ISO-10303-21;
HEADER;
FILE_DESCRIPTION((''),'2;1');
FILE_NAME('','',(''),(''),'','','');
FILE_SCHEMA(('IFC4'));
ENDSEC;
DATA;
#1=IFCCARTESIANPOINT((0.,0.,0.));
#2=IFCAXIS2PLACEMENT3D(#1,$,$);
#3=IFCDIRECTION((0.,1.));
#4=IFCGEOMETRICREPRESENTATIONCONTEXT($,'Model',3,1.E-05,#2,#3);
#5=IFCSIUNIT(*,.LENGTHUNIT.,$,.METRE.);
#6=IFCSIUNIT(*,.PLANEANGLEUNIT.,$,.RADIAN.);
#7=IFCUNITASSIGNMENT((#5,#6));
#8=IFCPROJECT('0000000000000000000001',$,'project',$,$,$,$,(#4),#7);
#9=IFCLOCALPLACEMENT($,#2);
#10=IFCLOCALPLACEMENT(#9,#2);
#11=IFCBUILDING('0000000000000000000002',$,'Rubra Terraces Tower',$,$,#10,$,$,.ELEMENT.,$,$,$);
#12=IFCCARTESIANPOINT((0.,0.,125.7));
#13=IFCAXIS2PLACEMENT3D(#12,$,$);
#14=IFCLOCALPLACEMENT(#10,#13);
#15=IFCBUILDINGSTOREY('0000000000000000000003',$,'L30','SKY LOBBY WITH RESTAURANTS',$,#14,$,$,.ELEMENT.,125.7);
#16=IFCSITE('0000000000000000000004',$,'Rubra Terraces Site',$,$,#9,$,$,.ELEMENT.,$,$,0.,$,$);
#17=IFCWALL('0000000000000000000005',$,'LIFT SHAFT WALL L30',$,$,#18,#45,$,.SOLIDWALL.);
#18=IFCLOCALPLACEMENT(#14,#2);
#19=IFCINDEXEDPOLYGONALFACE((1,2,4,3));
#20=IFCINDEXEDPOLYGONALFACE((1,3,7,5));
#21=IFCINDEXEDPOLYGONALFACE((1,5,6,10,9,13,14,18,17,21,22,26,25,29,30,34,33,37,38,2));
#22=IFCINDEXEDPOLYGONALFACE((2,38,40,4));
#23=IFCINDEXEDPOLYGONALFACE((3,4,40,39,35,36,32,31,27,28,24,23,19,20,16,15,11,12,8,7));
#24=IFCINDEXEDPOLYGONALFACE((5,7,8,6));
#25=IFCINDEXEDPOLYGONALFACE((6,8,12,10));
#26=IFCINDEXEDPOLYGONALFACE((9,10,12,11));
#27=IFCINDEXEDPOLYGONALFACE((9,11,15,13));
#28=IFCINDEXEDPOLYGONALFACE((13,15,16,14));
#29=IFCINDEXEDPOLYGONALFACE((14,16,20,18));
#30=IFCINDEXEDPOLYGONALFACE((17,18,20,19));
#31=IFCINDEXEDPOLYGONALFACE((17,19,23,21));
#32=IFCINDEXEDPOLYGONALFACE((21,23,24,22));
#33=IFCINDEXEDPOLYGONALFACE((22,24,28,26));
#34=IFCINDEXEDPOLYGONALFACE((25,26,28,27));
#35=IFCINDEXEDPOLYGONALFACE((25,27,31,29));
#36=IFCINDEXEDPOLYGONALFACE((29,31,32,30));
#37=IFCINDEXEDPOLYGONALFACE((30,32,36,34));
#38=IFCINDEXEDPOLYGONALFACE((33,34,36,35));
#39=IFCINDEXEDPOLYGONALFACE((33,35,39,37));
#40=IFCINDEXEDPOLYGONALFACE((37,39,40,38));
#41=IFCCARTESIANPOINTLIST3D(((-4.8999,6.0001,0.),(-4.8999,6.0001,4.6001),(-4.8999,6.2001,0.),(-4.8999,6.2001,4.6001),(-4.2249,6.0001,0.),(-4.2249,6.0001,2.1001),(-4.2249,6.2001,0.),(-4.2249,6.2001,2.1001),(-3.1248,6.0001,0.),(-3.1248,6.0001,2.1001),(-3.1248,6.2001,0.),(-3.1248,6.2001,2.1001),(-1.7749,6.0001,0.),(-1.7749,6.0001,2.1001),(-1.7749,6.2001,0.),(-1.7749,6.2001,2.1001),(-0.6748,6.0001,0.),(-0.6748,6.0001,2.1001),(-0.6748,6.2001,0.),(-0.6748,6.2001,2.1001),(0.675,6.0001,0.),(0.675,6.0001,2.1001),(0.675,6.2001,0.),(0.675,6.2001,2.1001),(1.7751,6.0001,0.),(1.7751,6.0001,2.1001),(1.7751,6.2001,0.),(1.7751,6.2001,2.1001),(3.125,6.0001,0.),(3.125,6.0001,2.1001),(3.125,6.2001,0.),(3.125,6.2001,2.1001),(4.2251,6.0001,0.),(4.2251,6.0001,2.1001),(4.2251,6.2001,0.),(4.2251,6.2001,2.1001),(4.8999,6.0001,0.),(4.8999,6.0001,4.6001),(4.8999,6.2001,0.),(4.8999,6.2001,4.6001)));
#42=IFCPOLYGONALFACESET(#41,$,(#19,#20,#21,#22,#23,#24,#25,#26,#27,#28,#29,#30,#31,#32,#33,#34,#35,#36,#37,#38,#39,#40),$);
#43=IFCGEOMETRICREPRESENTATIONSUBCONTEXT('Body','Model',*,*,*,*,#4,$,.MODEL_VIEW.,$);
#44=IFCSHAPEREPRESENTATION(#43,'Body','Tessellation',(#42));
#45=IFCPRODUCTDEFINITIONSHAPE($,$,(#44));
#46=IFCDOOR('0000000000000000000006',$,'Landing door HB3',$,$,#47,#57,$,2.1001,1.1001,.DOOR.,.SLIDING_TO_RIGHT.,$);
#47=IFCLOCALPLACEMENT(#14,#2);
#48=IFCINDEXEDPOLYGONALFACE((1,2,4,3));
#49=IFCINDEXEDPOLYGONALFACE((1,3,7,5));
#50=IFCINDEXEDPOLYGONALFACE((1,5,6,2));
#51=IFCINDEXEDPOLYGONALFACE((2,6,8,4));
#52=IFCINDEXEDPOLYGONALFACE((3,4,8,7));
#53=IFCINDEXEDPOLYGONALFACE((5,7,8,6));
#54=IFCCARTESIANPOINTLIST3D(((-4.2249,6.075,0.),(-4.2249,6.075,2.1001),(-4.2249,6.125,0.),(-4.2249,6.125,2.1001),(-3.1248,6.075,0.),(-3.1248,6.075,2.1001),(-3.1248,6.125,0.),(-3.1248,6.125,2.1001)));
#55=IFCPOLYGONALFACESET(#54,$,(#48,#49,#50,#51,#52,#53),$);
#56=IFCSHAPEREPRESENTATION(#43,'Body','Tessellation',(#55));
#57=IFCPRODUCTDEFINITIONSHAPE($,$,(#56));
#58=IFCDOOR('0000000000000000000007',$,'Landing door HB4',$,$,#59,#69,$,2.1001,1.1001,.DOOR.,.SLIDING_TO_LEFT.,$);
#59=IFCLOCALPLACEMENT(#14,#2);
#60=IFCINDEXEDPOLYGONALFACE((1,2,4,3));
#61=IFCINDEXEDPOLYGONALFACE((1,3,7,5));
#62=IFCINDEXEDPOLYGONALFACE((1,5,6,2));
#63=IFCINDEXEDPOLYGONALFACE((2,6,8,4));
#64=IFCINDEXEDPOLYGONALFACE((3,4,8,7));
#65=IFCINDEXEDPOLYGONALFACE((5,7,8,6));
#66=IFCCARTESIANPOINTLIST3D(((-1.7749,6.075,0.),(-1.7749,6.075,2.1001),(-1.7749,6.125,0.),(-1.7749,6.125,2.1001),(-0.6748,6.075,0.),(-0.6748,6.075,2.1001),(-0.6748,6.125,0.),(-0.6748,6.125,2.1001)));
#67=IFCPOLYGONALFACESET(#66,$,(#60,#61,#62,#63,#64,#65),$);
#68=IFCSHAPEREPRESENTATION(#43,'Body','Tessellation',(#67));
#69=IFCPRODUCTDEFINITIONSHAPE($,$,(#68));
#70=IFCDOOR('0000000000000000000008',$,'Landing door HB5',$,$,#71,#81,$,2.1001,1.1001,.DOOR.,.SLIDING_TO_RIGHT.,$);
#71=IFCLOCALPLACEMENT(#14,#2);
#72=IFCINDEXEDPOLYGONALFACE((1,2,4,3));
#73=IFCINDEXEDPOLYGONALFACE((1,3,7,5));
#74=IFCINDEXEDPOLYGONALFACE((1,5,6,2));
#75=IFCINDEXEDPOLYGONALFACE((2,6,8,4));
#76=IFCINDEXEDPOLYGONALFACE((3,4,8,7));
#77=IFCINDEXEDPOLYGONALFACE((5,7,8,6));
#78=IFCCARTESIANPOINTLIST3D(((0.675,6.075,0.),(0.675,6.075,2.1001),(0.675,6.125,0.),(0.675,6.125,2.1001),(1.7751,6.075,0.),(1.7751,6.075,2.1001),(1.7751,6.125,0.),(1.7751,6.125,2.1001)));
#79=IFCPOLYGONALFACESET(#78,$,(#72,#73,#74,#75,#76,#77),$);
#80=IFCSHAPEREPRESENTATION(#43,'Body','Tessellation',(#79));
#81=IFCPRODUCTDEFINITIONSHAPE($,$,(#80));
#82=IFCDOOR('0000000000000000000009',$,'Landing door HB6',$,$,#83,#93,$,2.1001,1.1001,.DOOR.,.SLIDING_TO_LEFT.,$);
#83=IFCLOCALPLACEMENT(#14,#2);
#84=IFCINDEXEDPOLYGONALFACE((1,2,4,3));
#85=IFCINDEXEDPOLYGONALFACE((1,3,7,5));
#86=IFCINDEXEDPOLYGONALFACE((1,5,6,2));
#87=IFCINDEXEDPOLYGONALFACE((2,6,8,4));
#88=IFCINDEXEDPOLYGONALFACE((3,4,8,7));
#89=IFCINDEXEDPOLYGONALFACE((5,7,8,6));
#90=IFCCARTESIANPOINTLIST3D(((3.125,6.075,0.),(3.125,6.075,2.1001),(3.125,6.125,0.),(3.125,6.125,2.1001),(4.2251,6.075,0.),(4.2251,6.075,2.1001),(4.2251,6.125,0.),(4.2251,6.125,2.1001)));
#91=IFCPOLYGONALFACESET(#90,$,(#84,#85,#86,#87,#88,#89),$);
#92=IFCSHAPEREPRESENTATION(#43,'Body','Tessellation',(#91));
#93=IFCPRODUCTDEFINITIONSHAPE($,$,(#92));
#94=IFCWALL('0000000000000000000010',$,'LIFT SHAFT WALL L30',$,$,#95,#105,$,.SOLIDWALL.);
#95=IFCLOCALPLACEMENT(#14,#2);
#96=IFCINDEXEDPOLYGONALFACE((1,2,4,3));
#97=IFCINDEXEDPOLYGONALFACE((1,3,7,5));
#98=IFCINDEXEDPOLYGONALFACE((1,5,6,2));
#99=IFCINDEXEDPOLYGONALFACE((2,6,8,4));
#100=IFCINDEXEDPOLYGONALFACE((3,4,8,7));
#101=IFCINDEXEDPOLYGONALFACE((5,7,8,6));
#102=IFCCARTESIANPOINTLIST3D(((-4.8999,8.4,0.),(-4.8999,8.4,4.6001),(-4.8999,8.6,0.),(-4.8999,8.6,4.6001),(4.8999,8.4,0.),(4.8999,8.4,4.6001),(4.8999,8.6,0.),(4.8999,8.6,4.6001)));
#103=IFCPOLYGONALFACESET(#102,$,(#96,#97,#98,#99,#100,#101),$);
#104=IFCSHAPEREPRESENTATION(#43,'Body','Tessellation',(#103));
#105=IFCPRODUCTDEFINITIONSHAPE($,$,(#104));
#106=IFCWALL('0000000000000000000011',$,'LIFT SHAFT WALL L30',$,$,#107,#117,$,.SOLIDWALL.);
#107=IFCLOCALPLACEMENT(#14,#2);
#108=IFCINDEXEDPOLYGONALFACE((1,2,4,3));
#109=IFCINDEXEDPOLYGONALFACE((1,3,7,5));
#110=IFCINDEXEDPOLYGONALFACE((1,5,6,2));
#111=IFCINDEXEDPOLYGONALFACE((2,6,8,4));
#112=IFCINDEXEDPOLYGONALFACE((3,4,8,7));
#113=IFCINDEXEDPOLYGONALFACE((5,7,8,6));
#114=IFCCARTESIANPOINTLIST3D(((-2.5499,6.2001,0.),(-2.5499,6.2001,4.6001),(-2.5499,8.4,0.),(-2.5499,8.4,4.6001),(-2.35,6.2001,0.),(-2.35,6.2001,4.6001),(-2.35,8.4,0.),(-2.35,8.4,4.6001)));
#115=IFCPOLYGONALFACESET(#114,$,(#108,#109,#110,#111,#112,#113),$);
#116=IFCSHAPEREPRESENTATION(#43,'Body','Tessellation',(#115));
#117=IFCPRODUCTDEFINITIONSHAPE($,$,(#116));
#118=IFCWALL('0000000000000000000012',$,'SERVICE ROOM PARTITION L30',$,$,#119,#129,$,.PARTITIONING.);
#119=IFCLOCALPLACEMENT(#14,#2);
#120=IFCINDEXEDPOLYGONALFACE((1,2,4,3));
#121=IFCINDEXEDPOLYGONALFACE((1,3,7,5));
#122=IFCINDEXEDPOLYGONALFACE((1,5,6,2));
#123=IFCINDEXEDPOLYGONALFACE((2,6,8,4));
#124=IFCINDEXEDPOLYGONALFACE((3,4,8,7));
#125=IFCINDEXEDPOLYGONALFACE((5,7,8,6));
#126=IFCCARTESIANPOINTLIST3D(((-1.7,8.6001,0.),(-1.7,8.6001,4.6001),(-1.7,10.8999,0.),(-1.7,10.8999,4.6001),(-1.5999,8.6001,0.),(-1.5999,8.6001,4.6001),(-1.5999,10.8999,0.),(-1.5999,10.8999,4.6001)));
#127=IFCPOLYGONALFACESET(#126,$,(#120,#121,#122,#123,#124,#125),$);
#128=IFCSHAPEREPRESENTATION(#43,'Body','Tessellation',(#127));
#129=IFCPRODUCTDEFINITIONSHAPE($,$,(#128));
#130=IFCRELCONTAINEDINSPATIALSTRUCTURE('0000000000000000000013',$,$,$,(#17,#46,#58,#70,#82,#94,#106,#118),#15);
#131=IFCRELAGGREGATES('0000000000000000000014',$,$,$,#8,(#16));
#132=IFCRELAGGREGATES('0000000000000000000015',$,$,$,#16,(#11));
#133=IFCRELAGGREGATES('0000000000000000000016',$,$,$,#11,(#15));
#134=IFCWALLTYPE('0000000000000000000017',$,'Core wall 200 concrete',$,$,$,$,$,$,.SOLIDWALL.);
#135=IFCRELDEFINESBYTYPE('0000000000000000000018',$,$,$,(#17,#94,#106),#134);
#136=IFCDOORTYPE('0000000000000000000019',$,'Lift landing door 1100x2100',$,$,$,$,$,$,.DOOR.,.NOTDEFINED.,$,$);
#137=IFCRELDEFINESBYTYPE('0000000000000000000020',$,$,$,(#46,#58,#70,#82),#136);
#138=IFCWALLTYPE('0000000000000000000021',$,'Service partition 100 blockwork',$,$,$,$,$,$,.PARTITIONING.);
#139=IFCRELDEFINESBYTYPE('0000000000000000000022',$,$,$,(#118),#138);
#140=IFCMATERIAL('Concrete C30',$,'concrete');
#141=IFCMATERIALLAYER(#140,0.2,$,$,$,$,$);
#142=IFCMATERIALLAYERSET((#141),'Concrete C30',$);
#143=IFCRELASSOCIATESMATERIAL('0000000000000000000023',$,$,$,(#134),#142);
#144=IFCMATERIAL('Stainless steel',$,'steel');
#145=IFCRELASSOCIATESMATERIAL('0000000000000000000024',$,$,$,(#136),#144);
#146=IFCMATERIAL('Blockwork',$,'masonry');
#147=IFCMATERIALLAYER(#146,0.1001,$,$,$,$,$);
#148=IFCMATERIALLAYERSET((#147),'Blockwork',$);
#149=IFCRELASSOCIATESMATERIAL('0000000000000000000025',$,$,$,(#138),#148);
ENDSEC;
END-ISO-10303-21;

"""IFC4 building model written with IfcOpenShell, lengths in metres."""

from ifc_helpers import new_model, si_unit, direction, frame, frame_2d, origin, place, context, subcontext, project, spatial, rectangle, extrude, material, layer, layer_set, type_object, element, fill, save


model = new_model("IFC4")

# Units and contexts
model_context = context("Model", 3, precision=1e-05, world=origin(), true_north=direction((0.0, 1.0)))
body_context = subcontext(model_context, "Body", "Model", "MODEL_VIEW")
ifc_project = project(units=[si_unit("LENGTHUNIT", "METRE"), si_unit("PLANEANGLEUNIT", "RADIAN")], contexts=[model_context])

# Site, building, storey
site_placement = place(None, origin())
site = spatial("IfcSite", under=ifc_project, at=site_placement, Name="Rubra Terraces Site", CompositionType="ELEMENT", RefElevation=0.0)
building_placement = place(site_placement, origin())
building = spatial("IfcBuilding", under=site, at=building_placement, Name="Rubra Terraces Tower", CompositionType="ELEMENT")
storey_placement = place(building_placement, frame((0.0, 0.0, 125.7)))
storey = spatial("IfcBuildingStorey", under=building, at=storey_placement, Name="L30", Description="SKY LOBBY WITH RESTAURANTS", CompositionType="ELEMENT", Elevation=125.7)

# Wall, openings, doors
ifc_material_1 = material(Name="Concrete C30", Category="concrete")
ifc_layer_1 = layer(ifc_material_1, 0.2)
ifc_layer_set_1 = layer_set([ifc_layer_1], Name="Concrete C30")
wall_type_1 = type_object("IfcWallType", Name="Core wall 200 concrete", PredefinedType="SOLIDWALL", material=ifc_layer_set_1)
ifc_material_2 = material(Name="Stainless steel", Category="steel")
door_type_1 = type_object("IfcDoorType", Name="Lift landing door 1100x2100", OperationType="NOTDEFINED", PredefinedType="DOOR", material=ifc_material_2)
wall_1_placement = place(storey_placement, frame((-4.8999, 6.1001, 0.0), z_axis=(0.0, 0.0, 1.0), x_axis=(1.0, 0.0, 0.0)))
wall_1 = element("IfcWall", 1, at=wall_1_placement, inside=storey, type_object=wall_type_1, Name="LIFT SHAFT WALL L30", PredefinedType="SOLIDWALL", context=body_context, shape_type="SweptSolid", body=[
    extrude(rectangle(XDim=9.7998, YDim=0.2, at=frame_2d((4.8999, 0.0))), origin(), (0.0, 0.0, 1.0), 4.6001),
])
opening_1_placement = place(wall_1_placement, frame((0.675, 0.0, 0.0)))
opening_1 = element("IfcOpeningElement", 2, at=opening_1_placement, cuts=wall_1, PredefinedType="OPENING", context=body_context, shape_type="SweptSolid", body=[
    extrude(rectangle(XDim=1.1001, YDim=2.1001, at=frame_2d((0.55, 1.05))), frame((0.0, 0.1099, 0.0), z_axis=(0.0, -1.0, 0.0), x_axis=(1.0, 0.0, 0.0)), (0.0, 0.0, 1.0), 0.22),
])
opening_2_placement = place(wall_1_placement, frame((3.125, 0.0, 0.0)))
opening_2 = element("IfcOpeningElement", 3, at=opening_2_placement, cuts=wall_1, PredefinedType="OPENING", context=body_context, shape_type="SweptSolid", body=[
    extrude(rectangle(XDim=1.1001, YDim=2.1001, at=frame_2d((0.55, 1.05))), frame((0.0, 0.1099, 0.0), z_axis=(0.0, -1.0, 0.0), x_axis=(1.0, 0.0, 0.0)), (0.0, 0.0, 1.0), 0.22),
])
opening_3_placement = place(wall_1_placement, frame((5.575, 0.0, 0.0)))
opening_3 = element("IfcOpeningElement", 4, at=opening_3_placement, cuts=wall_1, PredefinedType="OPENING", context=body_context, shape_type="SweptSolid", body=[
    extrude(rectangle(XDim=1.1001, YDim=2.1001, at=frame_2d((0.55, 1.05))), frame((0.0, 0.1099, 0.0), z_axis=(0.0, -1.0, 0.0), x_axis=(1.0, 0.0, 0.0)), (0.0, 0.0, 1.0), 0.22),
])
opening_4_placement = place(wall_1_placement, frame((8.0249, 0.0, 0.0)))
opening_4 = element("IfcOpeningElement", 5, at=opening_4_placement, cuts=wall_1, PredefinedType="OPENING", context=body_context, shape_type="SweptSolid", body=[
    extrude(rectangle(XDim=1.1001, YDim=2.1001, at=frame_2d((0.55, 1.05))), frame((0.0, 0.1099, 0.0), z_axis=(0.0, -1.0, 0.0), x_axis=(1.0, 0.0, 0.0)), (0.0, 0.0, 1.0), 0.22),
])
door_1_placement = place(opening_1_placement, origin())
door_1 = element("IfcDoor", 6, at=door_1_placement, inside=storey, type_object=door_type_1, Name="Landing door HB3", OperationType="SLIDING_TO_RIGHT", OverallHeight=2.1001, OverallWidth=1.1001, PredefinedType="DOOR", context=body_context, shape_type="SweptSolid", body=[
    extrude(rectangle(XDim=1.1001, YDim=2.1001, at=frame_2d((0.55, 1.05))), frame((0.0, 0.0249, 0.0), z_axis=(0.0, -1.0, 0.0), x_axis=(1.0, 0.0, 0.0)), (0.0, 0.0, 1.0), 0.05),
])
fill(opening_1, door_1)
door_2_placement = place(opening_2_placement, origin())
door_2 = element("IfcDoor", 7, at=door_2_placement, inside=storey, type_object=door_type_1, Name="Landing door HB4", OperationType="SLIDING_TO_LEFT", OverallHeight=2.1001, OverallWidth=1.1001, PredefinedType="DOOR", context=body_context, shape_type="SweptSolid", body=[
    extrude(rectangle(XDim=1.1001, YDim=2.1001, at=frame_2d((0.55, 1.05))), frame((0.0, 0.0249, 0.0), z_axis=(0.0, -1.0, 0.0), x_axis=(1.0, 0.0, 0.0)), (0.0, 0.0, 1.0), 0.05),
])
fill(opening_2, door_2)
door_3_placement = place(opening_3_placement, origin())
door_3 = element("IfcDoor", 8, at=door_3_placement, inside=storey, type_object=door_type_1, Name="Landing door HB5", OperationType="SLIDING_TO_RIGHT", OverallHeight=2.1001, OverallWidth=1.1001, PredefinedType="DOOR", context=body_context, shape_type="SweptSolid", body=[
    extrude(rectangle(XDim=1.1001, YDim=2.1001, at=frame_2d((0.55, 1.05))), frame((0.0, 0.0249, 0.0), z_axis=(0.0, -1.0, 0.0), x_axis=(1.0, 0.0, 0.0)), (0.0, 0.0, 1.0), 0.05),
])
fill(opening_3, door_3)
door_4_placement = place(opening_4_placement, origin())
door_4 = element("IfcDoor", 9, at=door_4_placement, inside=storey, type_object=door_type_1, Name="Landing door HB6", OperationType="SLIDING_TO_LEFT", OverallHeight=2.1001, OverallWidth=1.1001, PredefinedType="DOOR", context=body_context, shape_type="SweptSolid", body=[
    extrude(rectangle(XDim=1.1001, YDim=2.1001, at=frame_2d((0.55, 1.05))), frame((0.0, 0.0249, 0.0), z_axis=(0.0, -1.0, 0.0), x_axis=(1.0, 0.0, 0.0)), (0.0, 0.0, 1.0), 0.05),
])
fill(opening_4, door_4)

# Walls
wall_2_placement = place(storey_placement, frame((-4.8999, 8.5, 0.0), z_axis=(0.0, 0.0, 1.0), x_axis=(1.0, 0.0, 0.0)))
element("IfcWall", 10, at=wall_2_placement, inside=storey, type_object=wall_type_1, Name="LIFT SHAFT WALL L30", PredefinedType="SOLIDWALL", context=body_context, shape_type="SweptSolid", body=[
    extrude(rectangle(XDim=9.7998, YDim=0.2, at=frame_2d((4.8999, 0.0))), origin(), (0.0, 0.0, 1.0), 4.6001),
])
wall_3_placement = place(storey_placement, frame((-2.45, 6.2, 0.0), z_axis=(0.0, 0.0, 1.0), x_axis=(0.0, 1.0, 0.0)))
element("IfcWall", 11, at=wall_3_placement, inside=storey, type_object=wall_type_1, Name="LIFT SHAFT WALL L30", PredefinedType="SOLIDWALL", context=body_context, shape_type="SweptSolid", body=[
    extrude(rectangle(XDim=2.2, YDim=0.2, at=frame_2d((1.1001, 0.0))), origin(), (0.0, 0.0, 1.0), 4.6001),
])
ifc_material_3 = material(Name="Blockwork", Category="masonry")
ifc_layer_2 = layer(ifc_material_3, 0.1001)
ifc_layer_set_2 = layer_set([ifc_layer_2], Name="Blockwork")
wall_type_2 = type_object("IfcWallType", Name="Service partition 100 blockwork", PredefinedType="PARTITIONING", material=ifc_layer_set_2)
wall_4_placement = place(storey_placement, frame((-1.6499, 8.6001, 0.0), z_axis=(0.0, 0.0, 1.0), x_axis=(0.0, 1.0, 0.0)))
element("IfcWall", 12, at=wall_4_placement, inside=storey, type_object=wall_type_2, Name="SERVICE ROOM PARTITION L30", PredefinedType="PARTITIONING", context=body_context, shape_type="SweptSolid", body=[
    extrude(rectangle(XDim=2.2998, YDim=0.1001, at=frame_2d((1.1499, 0.0))), origin(), (0.0, 0.0, 1.0), 4.6001),
])

save(model, "model.ifc")
